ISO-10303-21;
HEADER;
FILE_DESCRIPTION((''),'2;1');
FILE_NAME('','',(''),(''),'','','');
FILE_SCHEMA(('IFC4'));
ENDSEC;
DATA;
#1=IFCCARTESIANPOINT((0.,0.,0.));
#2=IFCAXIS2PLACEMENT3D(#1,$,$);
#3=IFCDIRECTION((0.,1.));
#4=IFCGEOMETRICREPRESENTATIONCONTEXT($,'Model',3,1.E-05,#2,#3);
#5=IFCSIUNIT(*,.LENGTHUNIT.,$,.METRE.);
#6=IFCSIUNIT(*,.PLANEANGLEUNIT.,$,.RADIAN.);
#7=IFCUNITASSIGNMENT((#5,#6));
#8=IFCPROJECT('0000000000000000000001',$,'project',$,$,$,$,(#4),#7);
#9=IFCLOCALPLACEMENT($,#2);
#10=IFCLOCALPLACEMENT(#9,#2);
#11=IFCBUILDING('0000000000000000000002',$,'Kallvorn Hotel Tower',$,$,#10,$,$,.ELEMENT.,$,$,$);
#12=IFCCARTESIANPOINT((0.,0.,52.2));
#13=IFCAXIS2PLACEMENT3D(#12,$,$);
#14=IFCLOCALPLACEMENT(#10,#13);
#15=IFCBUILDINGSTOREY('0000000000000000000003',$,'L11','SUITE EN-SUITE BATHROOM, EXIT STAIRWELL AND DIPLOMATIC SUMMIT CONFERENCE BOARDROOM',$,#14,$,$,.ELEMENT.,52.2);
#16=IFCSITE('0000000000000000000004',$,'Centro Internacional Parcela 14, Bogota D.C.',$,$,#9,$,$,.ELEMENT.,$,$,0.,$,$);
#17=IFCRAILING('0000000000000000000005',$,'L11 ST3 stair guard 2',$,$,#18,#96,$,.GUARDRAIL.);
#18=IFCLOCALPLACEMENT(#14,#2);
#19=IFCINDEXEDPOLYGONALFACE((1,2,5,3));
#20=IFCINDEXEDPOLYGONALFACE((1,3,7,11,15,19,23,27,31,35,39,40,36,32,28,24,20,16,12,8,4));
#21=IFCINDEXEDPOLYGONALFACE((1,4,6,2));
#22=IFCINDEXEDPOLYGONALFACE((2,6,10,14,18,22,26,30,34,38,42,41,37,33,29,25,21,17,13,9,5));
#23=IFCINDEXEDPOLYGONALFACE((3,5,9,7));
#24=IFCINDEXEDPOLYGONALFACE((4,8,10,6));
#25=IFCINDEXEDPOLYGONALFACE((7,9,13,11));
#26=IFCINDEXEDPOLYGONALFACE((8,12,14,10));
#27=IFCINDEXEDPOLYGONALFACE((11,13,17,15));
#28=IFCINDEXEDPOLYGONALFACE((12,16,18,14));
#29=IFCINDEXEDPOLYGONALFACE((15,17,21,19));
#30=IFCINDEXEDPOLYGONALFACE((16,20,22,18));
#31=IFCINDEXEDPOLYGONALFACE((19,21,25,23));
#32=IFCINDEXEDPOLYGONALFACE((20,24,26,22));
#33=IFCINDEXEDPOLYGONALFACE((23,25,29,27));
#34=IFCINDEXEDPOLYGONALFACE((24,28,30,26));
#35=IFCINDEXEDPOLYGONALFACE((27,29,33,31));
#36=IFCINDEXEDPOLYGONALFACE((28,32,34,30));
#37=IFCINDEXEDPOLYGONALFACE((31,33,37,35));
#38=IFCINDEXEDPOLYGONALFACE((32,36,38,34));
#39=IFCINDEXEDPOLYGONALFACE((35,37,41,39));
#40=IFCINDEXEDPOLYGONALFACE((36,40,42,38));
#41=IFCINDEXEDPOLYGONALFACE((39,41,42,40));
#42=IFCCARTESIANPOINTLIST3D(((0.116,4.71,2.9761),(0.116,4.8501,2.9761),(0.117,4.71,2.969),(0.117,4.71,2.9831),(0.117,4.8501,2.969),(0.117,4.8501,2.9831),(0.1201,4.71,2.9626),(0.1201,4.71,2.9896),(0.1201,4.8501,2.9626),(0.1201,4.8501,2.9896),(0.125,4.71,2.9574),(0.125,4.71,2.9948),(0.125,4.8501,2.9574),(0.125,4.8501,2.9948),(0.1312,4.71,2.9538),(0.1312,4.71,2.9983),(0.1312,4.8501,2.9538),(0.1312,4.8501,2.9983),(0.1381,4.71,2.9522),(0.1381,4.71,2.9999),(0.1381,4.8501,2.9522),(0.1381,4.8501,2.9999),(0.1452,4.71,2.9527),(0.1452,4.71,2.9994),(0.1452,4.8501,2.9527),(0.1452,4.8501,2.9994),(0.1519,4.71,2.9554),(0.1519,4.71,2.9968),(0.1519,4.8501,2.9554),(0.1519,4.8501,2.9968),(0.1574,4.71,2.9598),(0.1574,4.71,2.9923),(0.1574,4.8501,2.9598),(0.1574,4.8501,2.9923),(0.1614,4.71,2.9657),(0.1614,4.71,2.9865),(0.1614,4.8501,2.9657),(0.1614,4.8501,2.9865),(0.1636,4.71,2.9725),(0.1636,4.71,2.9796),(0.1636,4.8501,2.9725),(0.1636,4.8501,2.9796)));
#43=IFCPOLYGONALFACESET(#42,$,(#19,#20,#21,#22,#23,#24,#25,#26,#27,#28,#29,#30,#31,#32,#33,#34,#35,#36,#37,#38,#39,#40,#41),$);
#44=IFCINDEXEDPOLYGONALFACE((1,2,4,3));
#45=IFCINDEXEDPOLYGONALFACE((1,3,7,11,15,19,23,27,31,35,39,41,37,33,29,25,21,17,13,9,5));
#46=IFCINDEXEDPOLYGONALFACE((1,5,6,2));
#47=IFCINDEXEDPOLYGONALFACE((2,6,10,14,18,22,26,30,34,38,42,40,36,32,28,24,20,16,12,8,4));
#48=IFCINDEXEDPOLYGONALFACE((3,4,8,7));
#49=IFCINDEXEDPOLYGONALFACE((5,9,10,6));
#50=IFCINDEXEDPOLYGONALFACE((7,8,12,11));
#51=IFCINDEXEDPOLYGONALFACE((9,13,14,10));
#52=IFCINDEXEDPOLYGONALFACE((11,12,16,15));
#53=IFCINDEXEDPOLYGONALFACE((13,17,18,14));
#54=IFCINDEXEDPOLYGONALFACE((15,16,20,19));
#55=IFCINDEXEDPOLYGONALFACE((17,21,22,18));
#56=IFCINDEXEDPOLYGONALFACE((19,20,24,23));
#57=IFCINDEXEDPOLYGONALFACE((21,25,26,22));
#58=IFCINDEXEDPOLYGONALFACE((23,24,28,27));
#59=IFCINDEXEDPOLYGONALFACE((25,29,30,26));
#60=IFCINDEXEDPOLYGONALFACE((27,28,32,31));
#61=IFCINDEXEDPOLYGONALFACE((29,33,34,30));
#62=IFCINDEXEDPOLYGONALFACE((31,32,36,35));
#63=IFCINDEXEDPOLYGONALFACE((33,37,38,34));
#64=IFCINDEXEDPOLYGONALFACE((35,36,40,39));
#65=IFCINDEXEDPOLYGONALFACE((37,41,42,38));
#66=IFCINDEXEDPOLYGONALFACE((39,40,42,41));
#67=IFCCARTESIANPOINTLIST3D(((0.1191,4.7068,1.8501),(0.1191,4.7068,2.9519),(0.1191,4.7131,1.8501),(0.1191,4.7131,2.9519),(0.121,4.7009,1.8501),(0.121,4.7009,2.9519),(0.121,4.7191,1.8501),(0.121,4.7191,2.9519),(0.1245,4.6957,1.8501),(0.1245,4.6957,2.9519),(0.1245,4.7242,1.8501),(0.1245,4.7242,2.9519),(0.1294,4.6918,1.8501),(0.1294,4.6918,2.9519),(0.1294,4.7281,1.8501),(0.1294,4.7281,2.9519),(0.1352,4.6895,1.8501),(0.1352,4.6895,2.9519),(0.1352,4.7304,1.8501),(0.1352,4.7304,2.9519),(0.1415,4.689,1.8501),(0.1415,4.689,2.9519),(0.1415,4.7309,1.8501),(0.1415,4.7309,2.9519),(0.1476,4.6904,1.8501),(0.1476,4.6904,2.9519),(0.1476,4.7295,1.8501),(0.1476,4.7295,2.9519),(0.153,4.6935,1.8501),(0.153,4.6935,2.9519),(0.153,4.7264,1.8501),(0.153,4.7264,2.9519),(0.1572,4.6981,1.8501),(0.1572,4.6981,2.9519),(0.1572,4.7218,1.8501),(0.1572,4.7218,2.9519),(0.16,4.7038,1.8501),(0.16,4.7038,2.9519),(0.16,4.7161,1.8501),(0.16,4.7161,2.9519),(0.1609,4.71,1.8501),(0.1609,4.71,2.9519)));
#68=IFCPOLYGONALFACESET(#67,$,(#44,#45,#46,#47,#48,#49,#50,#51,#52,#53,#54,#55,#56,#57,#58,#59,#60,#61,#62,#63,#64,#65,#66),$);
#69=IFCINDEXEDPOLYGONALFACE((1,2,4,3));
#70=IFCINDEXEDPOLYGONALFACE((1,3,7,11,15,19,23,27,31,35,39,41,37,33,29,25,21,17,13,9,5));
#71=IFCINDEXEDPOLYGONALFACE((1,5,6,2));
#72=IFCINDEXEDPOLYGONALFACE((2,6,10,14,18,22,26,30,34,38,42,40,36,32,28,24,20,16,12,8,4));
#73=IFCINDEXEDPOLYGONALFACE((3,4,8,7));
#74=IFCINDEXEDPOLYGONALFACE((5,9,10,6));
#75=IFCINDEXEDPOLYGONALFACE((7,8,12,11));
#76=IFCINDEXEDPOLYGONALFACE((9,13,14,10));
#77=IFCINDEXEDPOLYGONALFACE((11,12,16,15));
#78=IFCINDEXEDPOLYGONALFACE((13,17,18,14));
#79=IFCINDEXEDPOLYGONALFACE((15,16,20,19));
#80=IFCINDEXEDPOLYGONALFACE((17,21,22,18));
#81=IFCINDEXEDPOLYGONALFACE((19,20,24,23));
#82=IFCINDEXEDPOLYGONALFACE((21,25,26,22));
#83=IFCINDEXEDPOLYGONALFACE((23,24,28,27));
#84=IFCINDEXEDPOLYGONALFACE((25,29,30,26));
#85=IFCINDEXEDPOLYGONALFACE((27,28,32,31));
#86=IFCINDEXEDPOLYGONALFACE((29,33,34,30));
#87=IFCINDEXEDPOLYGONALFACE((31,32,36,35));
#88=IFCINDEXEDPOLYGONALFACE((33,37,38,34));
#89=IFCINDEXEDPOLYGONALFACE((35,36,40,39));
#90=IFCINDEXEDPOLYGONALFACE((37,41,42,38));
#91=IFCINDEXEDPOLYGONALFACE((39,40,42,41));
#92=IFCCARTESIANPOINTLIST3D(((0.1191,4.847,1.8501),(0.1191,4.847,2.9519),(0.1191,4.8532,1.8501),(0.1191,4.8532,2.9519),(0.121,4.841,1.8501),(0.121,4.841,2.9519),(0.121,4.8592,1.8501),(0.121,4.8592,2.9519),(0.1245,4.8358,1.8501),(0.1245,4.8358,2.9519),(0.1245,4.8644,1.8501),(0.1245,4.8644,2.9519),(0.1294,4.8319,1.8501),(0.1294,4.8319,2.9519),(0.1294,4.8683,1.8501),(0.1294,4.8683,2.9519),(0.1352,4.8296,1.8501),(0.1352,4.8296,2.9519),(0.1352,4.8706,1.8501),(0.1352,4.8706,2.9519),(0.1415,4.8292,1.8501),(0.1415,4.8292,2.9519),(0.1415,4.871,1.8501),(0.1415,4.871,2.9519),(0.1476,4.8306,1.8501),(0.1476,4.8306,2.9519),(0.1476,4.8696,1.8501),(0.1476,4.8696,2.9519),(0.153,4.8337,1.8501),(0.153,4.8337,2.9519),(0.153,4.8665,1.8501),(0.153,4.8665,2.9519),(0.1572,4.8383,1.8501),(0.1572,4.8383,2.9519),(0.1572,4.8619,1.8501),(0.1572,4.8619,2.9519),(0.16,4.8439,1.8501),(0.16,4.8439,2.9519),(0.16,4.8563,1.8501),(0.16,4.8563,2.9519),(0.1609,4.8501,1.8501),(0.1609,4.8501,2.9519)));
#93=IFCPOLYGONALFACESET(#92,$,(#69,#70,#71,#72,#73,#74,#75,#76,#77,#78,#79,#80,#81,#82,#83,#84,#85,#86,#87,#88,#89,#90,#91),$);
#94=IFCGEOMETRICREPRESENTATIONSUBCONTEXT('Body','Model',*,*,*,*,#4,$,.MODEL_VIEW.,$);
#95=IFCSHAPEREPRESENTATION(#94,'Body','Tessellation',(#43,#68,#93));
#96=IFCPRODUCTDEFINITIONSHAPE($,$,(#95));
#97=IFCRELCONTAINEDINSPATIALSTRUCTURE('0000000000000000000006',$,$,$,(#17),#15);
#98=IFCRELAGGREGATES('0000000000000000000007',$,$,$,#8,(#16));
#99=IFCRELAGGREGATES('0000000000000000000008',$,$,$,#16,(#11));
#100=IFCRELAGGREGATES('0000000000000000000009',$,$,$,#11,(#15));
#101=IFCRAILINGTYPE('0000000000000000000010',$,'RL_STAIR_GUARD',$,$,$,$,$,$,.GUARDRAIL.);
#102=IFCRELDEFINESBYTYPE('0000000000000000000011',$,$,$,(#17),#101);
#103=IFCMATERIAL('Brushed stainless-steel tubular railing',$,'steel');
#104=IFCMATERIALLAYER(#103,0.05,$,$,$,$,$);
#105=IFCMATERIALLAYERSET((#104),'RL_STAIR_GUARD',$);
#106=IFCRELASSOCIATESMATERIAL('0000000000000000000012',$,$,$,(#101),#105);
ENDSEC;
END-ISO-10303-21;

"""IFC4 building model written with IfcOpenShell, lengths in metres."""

from ifc_helpers import new_model, si_unit, direction, frame, origin, origin_2d, place, context, subcontext, project, spatial, circle, extrude, material, layer, layer_set, type_object, element, save


model = new_model("IFC4")

# Units and contexts
model_context = context("Model", 3, precision=1e-05, world=origin(), true_north=direction((0.0, 1.0)))
body_context = subcontext(model_context, "Body", "Model", "MODEL_VIEW")
ifc_project = project(units=[si_unit("LENGTHUNIT", "METRE"), si_unit("PLANEANGLEUNIT", "RADIAN")], contexts=[model_context])

# Site, building, storey
site_placement = place(None, origin())
site = spatial("IfcSite", under=ifc_project, at=site_placement, Name="Centro Internacional Parcela 14, Bogota D.C.", CompositionType="ELEMENT", RefElevation=0.0)
building_placement = place(site_placement, origin())
building = spatial("IfcBuilding", under=site, at=building_placement, Name="Kallvorn Hotel Tower", CompositionType="ELEMENT")
storey_placement = place(building_placement, frame((0.0, 0.0, 52.2)))
storey = spatial("IfcBuildingStorey", under=building, at=storey_placement, Name="L11", Description="SUITE EN-SUITE BATHROOM, EXIT STAIRWELL AND DIPLOMATIC SUMMIT CONFERENCE BOARDROOM", CompositionType="ELEMENT", Elevation=52.2)

# Railing
ifc_material_1 = material(Name="Brushed stainless-steel tubular railing", Category="steel")
ifc_layer_1 = layer(ifc_material_1, 0.05)
ifc_layer_set_1 = layer_set([ifc_layer_1], Name="RL_STAIR_GUARD")
railing_type_1 = type_object("IfcRailingType", Name="RL_STAIR_GUARD", PredefinedType="GUARDRAIL", material=ifc_layer_set_1)
railing_1_placement = place(storey_placement, frame((0.1399, 4.71, 1.8501)))
element("IfcRailing", 1, at=railing_1_placement, inside=storey, type_object=railing_type_1, Name="L11 ST3 stair guard 2", PredefinedType="GUARDRAIL", context=body_context, shape_type="SweptSolid", body=[
    extrude(circle(Radius=0.0239, at=origin_2d()), frame((0.0, 0.0, 1.126), z_axis=(0.0, 1.0, 0.0), x_axis=(-1.0, 0.0, 0.0)), (0.0, 0.0, 1.0), 0.1401),
    extrude(circle(Radius=0.021, at=origin_2d()), origin(), (0.0, 0.0, 1.0), 1.1018),
    extrude(circle(Radius=0.021, at=origin_2d()), frame((0.0, 0.1401, 0.0)), (0.0, 0.0, 1.0), 1.1018),
])

save(model, "model.ifc")
